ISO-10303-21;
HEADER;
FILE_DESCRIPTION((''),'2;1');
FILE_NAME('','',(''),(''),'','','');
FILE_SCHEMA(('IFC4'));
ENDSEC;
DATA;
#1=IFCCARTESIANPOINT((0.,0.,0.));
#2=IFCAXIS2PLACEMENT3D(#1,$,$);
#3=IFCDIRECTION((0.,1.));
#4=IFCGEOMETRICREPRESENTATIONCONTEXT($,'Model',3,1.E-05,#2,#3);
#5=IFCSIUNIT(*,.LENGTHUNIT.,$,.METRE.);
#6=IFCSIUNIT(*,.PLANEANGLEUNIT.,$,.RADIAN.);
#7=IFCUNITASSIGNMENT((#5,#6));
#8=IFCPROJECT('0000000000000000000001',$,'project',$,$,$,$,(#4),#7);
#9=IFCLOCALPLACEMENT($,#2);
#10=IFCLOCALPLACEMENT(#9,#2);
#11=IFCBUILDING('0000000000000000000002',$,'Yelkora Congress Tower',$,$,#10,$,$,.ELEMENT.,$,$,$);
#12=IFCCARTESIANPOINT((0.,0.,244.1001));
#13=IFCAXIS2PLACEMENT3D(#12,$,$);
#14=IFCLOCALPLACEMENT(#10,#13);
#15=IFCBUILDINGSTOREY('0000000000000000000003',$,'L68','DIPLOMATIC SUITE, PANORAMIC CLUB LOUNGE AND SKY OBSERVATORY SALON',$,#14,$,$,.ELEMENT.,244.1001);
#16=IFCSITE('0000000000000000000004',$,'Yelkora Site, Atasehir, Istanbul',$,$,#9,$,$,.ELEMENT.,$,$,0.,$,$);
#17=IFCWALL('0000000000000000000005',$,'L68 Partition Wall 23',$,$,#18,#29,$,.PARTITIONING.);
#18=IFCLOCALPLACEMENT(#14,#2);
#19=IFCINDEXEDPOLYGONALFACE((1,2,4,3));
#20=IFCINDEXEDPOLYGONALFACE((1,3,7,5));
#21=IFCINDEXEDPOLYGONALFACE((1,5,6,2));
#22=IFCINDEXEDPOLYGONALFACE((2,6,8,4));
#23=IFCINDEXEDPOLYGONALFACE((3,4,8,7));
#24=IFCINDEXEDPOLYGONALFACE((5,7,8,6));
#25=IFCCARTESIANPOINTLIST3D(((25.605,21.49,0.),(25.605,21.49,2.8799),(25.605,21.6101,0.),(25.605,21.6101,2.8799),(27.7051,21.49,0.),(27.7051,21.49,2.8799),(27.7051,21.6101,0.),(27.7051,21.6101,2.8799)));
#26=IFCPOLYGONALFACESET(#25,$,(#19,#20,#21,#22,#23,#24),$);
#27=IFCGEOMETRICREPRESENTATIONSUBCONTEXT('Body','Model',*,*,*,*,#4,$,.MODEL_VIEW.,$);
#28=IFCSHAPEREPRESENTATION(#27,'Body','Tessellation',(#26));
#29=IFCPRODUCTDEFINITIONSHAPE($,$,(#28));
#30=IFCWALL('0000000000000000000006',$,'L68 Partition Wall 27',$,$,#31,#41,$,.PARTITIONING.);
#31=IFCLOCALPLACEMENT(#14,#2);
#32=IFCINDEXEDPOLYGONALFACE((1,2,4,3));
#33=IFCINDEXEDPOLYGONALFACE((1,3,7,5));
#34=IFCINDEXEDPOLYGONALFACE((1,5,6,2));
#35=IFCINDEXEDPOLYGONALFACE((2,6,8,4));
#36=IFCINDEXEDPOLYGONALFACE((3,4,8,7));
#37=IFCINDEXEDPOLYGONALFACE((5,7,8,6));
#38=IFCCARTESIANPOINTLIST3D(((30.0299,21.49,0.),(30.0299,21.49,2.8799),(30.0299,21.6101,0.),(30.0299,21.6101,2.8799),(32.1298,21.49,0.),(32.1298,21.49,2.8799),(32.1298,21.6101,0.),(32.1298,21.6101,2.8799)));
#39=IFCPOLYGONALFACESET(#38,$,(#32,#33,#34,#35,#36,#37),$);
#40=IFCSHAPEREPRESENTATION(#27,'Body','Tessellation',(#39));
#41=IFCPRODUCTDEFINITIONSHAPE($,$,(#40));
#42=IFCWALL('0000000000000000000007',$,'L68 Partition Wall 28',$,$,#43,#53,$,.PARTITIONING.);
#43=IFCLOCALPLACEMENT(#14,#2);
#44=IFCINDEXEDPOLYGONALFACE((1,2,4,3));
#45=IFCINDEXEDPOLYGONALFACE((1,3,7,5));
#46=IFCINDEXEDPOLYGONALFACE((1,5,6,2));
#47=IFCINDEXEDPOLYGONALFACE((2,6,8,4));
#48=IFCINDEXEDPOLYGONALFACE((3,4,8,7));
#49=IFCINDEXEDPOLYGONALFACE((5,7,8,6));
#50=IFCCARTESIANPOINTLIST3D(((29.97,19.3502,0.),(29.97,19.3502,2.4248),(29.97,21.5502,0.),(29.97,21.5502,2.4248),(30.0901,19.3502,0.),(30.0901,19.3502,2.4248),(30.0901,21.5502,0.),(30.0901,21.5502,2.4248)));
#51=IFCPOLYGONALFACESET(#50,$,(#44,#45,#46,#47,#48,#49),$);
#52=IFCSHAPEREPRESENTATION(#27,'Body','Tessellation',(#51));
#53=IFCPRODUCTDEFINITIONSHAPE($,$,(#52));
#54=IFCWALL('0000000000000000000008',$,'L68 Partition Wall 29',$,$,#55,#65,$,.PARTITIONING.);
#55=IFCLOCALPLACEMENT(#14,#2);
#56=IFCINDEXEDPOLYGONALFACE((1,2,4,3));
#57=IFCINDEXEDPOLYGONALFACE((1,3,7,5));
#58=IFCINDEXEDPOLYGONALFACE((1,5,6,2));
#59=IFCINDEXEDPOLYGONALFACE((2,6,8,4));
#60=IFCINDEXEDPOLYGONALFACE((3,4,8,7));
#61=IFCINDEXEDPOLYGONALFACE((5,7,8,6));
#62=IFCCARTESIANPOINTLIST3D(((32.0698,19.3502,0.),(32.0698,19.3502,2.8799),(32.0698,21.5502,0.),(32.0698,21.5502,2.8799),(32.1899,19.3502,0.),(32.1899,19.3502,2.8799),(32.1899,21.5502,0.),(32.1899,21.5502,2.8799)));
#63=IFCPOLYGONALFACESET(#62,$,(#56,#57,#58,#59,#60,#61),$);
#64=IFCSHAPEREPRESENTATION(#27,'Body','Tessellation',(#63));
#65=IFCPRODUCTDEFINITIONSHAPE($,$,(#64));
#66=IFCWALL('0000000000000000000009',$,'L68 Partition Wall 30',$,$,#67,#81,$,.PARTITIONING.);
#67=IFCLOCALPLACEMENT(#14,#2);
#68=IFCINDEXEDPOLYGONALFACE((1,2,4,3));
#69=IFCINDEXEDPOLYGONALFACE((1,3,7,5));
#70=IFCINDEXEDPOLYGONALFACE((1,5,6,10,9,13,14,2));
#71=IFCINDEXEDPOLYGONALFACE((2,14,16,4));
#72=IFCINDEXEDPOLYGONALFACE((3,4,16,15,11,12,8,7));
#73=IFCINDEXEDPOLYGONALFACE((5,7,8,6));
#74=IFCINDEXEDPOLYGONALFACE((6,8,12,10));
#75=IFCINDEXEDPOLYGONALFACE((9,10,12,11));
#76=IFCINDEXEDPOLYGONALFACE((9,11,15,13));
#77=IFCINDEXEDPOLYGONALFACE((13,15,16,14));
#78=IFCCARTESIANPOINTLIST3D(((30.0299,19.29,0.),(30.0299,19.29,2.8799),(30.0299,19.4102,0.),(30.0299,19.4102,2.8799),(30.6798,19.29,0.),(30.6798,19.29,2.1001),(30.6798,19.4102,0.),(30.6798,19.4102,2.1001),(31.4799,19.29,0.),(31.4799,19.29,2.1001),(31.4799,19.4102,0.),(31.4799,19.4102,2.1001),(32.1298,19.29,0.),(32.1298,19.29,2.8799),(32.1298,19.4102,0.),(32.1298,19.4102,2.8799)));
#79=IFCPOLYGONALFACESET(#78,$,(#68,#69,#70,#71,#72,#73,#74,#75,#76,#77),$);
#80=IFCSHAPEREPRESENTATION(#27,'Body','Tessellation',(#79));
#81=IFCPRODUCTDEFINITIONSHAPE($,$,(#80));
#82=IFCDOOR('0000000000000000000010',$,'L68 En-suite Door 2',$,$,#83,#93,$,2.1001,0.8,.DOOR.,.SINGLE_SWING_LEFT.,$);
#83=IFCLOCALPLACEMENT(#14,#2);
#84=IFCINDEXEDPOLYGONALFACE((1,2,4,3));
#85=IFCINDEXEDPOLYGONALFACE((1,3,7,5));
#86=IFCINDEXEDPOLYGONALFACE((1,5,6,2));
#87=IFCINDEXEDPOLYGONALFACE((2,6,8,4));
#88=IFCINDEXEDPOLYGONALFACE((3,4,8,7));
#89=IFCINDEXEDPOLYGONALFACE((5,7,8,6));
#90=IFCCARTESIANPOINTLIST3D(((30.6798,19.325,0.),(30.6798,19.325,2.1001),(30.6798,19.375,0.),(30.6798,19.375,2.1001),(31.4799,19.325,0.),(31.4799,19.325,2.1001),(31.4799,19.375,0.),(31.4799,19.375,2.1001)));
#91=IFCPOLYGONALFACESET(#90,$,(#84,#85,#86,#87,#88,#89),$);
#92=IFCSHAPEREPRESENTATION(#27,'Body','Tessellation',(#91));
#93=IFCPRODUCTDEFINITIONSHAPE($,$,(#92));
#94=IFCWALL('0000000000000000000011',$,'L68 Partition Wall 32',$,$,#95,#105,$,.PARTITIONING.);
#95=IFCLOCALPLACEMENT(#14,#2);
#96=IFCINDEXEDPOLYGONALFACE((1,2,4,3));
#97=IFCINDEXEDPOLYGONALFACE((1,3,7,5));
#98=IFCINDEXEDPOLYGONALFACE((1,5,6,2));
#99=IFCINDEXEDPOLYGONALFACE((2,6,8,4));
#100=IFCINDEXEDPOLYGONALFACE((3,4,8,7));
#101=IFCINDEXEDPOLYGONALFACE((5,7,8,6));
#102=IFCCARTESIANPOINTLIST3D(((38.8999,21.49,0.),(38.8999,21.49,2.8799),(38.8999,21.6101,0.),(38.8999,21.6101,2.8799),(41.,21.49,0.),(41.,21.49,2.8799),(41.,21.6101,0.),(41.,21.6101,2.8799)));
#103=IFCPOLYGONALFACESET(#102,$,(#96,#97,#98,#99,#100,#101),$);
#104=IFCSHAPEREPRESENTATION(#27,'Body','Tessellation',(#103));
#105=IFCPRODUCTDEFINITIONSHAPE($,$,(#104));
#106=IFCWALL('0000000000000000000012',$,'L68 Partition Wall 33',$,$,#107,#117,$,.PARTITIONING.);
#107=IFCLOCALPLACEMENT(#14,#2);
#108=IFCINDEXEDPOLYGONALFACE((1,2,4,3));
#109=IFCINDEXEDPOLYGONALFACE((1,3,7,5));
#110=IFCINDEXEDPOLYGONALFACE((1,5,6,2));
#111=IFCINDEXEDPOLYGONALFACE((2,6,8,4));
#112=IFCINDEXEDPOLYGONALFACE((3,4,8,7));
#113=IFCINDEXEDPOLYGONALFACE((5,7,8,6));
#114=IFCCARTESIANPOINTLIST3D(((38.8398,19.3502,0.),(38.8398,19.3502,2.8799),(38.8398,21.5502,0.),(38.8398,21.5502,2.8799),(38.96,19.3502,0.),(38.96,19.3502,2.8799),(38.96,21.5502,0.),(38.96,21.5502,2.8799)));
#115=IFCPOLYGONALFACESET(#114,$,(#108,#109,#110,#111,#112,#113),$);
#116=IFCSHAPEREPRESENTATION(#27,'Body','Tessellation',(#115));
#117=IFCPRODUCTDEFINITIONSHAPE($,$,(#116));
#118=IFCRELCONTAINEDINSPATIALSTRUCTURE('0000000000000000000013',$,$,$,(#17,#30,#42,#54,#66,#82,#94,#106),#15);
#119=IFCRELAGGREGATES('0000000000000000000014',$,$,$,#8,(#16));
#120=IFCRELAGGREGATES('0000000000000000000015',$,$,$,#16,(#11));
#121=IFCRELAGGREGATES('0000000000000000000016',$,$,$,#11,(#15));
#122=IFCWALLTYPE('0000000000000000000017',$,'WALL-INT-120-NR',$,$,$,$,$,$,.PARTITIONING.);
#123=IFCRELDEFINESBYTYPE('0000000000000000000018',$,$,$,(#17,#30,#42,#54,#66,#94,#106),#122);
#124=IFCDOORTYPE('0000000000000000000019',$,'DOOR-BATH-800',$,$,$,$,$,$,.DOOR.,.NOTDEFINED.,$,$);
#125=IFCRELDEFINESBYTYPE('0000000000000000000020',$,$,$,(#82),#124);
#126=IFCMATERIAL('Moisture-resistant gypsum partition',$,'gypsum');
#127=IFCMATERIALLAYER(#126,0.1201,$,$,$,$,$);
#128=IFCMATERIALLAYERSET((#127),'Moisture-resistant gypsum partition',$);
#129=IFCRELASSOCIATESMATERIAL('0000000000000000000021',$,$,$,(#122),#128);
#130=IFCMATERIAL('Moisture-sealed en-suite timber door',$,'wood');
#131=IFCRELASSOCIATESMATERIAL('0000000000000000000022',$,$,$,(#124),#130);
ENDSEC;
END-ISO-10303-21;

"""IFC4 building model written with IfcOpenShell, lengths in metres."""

from ifc_helpers import new_model, si_unit, direction, frame, frame_2d, origin, place, context, subcontext, project, spatial, rectangle, extrude, material, layer, layer_set, type_object, element, fill, save


model = new_model("IFC4")

# Units and contexts
model_context = context("Model", 3, precision=1e-05, world=origin(), true_north=direction((0.0, 1.0)))
body_context = subcontext(model_context, "Body", "Model", "MODEL_VIEW")
ifc_project = project(units=[si_unit("LENGTHUNIT", "METRE"), si_unit("PLANEANGLEUNIT", "RADIAN")], contexts=[model_context])

# Site, building, storey
site_placement = place(None, origin())
site = spatial("IfcSite", under=ifc_project, at=site_placement, Name="Yelkora Site, Atasehir, Istanbul", CompositionType="ELEMENT", RefElevation=0.0)
building_placement = place(site_placement, origin())
building = spatial("IfcBuilding", under=site, at=building_placement, Name="Yelkora Congress Tower", CompositionType="ELEMENT")
storey_placement = place(building_placement, frame((0.0, 0.0, 244.1001)))
storey = spatial("IfcBuildingStorey", under=building, at=storey_placement, Name="L68", Description="DIPLOMATIC SUITE, PANORAMIC CLUB LOUNGE AND SKY OBSERVATORY SALON", CompositionType="ELEMENT", Elevation=244.1001)

# Walls
ifc_material_1 = material(Name="Moisture-resistant gypsum partition", Category="gypsum")
ifc_layer_1 = layer(ifc_material_1, 0.1201)
ifc_layer_set_1 = layer_set([ifc_layer_1], Name="Moisture-resistant gypsum partition")
wall_type_1 = type_object("IfcWallType", Name="WALL-INT-120-NR", PredefinedType="PARTITIONING", material=ifc_layer_set_1)
wall_1_placement = place(storey_placement, frame((25.605, 21.55, 0.0), z_axis=(0.0, 0.0, 1.0), x_axis=(1.0, 0.0, 0.0)))
element("IfcWall", 1, at=wall_1_placement, inside=storey, type_object=wall_type_1, Name="L68 Partition Wall 23", PredefinedType="PARTITIONING", context=body_context, shape_type="SweptSolid", body=[
    extrude(rectangle(XDim=2.1001, YDim=0.1201, at=frame_2d((1.05, 0.0))), origin(), (0.0, 0.0, 1.0), 2.8799),
])
wall_2_placement = place(storey_placement, frame((30.03, 21.55, 0.0), z_axis=(0.0, 0.0, 1.0), x_axis=(1.0, 0.0, 0.0)))
element("IfcWall", 2, at=wall_2_placement, inside=storey, type_object=wall_type_1, Name="L68 Partition Wall 27", PredefinedType="PARTITIONING", context=body_context, shape_type="SweptSolid", body=[
    extrude(rectangle(XDim=2.0999, YDim=0.1201, at=frame_2d((1.0498, 0.0))), origin(), (0.0, 0.0, 1.0), 2.8799),
])
wall_3_placement = place(storey_placement, frame((30.03, 19.3501, 0.0), z_axis=(0.0, 0.0, 1.0), x_axis=(0.0, 1.0, 0.0)))
element("IfcWall", 3, at=wall_3_placement, inside=storey, type_object=wall_type_1, Name="L68 Partition Wall 28", PredefinedType="PARTITIONING", context=body_context, shape_type="SweptSolid", body=[
    extrude(rectangle(XDim=2.2, YDim=0.1201, at=frame_2d((1.1001, 0.0))), origin(), (0.0, 0.0, 1.0), 2.4248),
])
wall_4_placement = place(storey_placement, frame((32.1299, 19.3501, 0.0), z_axis=(0.0, 0.0, 1.0), x_axis=(0.0, 1.0, 0.0)))
element("IfcWall", 4, at=wall_4_placement, inside=storey, type_object=wall_type_1, Name="L68 Partition Wall 29", PredefinedType="PARTITIONING", context=body_context, shape_type="SweptSolid", body=[
    extrude(rectangle(XDim=2.2, YDim=0.1201, at=frame_2d((1.1001, 0.0))), origin(), (0.0, 0.0, 1.0), 2.8799),
])

# Wall, opening, door
wall_5_placement = place(storey_placement, frame((30.03, 19.3501, 0.0), z_axis=(0.0, 0.0, 1.0), x_axis=(1.0, 0.0, 0.0)))
wall_5 = element("IfcWall", 5, at=wall_5_placement, inside=storey, type_object=wall_type_1, Name="L68 Partition Wall 30", PredefinedType="PARTITIONING", context=body_context, shape_type="SweptSolid", body=[
    extrude(rectangle(XDim=2.0999, YDim=0.1201, at=frame_2d((1.0498, 0.0))), origin(), (0.0, 0.0, 1.0), 2.8799),
])
opening_1_placement = place(wall_5_placement, frame((0.6499, 0.0, 0.0)))
opening_1 = element("IfcOpeningElement", 6, at=opening_1_placement, cuts=wall_5, PredefinedType="OPENING", context=body_context, shape_type="SweptSolid", body=[
    extrude(rectangle(XDim=0.8, YDim=2.1001, at=frame_2d((0.3999, 1.05))), frame((0.0, 0.0701, 0.0), z_axis=(0.0, -1.0, 0.0), x_axis=(1.0, 0.0, 0.0)), (0.0, 0.0, 1.0), 0.1401),
])
ifc_material_2 = material(Name="Moisture-sealed en-suite timber door", Category="wood")
door_type_1 = type_object("IfcDoorType", Name="DOOR-BATH-800", OperationType="NOTDEFINED", PredefinedType="DOOR", material=ifc_material_2)
door_1_placement = place(opening_1_placement, origin())
door_1 = element("IfcDoor", 7, at=door_1_placement, inside=storey, type_object=door_type_1, Name="L68 En-suite Door 2", OperationType="SINGLE_SWING_LEFT", OverallHeight=2.1001, OverallWidth=0.8, PredefinedType="DOOR", context=body_context, shape_type="SweptSolid", body=[
    extrude(rectangle(XDim=0.8, YDim=2.1001, at=frame_2d((0.3999, 1.05))), frame((0.0, 0.0249, 0.0), z_axis=(0.0, -1.0, 0.0), x_axis=(1.0, 0.0, 0.0)), (0.0, 0.0, 1.0), 0.05),
])
fill(opening_1, door_1)

# Walls
wall_6_placement = place(storey_placement, frame((38.8999, 21.55, 0.0), z_axis=(0.0, 0.0, 1.0), x_axis=(1.0, 0.0, 0.0)))
element("IfcWall", 8, at=wall_6_placement, inside=storey, type_object=wall_type_1, Name="L68 Partition Wall 32", PredefinedType="PARTITIONING", context=body_context, shape_type="SweptSolid", body=[
    extrude(rectangle(XDim=2.1001, YDim=0.1201, at=frame_2d((1.05, 0.0))), origin(), (0.0, 0.0, 1.0), 2.8799),
])
wall_7_placement = place(storey_placement, frame((38.8999, 19.3501, 0.0), z_axis=(0.0, 0.0, 1.0), x_axis=(0.0, 1.0, 0.0)))
element("IfcWall", 9, at=wall_7_placement, inside=storey, type_object=wall_type_1, Name="L68 Partition Wall 33", PredefinedType="PARTITIONING", context=body_context, shape_type="SweptSolid", body=[
    extrude(rectangle(XDim=2.2, YDim=0.1201, at=frame_2d((1.1001, 0.0))), origin(), (0.0, 0.0, 1.0), 2.8799),
])

save(model, "model.ifc")
